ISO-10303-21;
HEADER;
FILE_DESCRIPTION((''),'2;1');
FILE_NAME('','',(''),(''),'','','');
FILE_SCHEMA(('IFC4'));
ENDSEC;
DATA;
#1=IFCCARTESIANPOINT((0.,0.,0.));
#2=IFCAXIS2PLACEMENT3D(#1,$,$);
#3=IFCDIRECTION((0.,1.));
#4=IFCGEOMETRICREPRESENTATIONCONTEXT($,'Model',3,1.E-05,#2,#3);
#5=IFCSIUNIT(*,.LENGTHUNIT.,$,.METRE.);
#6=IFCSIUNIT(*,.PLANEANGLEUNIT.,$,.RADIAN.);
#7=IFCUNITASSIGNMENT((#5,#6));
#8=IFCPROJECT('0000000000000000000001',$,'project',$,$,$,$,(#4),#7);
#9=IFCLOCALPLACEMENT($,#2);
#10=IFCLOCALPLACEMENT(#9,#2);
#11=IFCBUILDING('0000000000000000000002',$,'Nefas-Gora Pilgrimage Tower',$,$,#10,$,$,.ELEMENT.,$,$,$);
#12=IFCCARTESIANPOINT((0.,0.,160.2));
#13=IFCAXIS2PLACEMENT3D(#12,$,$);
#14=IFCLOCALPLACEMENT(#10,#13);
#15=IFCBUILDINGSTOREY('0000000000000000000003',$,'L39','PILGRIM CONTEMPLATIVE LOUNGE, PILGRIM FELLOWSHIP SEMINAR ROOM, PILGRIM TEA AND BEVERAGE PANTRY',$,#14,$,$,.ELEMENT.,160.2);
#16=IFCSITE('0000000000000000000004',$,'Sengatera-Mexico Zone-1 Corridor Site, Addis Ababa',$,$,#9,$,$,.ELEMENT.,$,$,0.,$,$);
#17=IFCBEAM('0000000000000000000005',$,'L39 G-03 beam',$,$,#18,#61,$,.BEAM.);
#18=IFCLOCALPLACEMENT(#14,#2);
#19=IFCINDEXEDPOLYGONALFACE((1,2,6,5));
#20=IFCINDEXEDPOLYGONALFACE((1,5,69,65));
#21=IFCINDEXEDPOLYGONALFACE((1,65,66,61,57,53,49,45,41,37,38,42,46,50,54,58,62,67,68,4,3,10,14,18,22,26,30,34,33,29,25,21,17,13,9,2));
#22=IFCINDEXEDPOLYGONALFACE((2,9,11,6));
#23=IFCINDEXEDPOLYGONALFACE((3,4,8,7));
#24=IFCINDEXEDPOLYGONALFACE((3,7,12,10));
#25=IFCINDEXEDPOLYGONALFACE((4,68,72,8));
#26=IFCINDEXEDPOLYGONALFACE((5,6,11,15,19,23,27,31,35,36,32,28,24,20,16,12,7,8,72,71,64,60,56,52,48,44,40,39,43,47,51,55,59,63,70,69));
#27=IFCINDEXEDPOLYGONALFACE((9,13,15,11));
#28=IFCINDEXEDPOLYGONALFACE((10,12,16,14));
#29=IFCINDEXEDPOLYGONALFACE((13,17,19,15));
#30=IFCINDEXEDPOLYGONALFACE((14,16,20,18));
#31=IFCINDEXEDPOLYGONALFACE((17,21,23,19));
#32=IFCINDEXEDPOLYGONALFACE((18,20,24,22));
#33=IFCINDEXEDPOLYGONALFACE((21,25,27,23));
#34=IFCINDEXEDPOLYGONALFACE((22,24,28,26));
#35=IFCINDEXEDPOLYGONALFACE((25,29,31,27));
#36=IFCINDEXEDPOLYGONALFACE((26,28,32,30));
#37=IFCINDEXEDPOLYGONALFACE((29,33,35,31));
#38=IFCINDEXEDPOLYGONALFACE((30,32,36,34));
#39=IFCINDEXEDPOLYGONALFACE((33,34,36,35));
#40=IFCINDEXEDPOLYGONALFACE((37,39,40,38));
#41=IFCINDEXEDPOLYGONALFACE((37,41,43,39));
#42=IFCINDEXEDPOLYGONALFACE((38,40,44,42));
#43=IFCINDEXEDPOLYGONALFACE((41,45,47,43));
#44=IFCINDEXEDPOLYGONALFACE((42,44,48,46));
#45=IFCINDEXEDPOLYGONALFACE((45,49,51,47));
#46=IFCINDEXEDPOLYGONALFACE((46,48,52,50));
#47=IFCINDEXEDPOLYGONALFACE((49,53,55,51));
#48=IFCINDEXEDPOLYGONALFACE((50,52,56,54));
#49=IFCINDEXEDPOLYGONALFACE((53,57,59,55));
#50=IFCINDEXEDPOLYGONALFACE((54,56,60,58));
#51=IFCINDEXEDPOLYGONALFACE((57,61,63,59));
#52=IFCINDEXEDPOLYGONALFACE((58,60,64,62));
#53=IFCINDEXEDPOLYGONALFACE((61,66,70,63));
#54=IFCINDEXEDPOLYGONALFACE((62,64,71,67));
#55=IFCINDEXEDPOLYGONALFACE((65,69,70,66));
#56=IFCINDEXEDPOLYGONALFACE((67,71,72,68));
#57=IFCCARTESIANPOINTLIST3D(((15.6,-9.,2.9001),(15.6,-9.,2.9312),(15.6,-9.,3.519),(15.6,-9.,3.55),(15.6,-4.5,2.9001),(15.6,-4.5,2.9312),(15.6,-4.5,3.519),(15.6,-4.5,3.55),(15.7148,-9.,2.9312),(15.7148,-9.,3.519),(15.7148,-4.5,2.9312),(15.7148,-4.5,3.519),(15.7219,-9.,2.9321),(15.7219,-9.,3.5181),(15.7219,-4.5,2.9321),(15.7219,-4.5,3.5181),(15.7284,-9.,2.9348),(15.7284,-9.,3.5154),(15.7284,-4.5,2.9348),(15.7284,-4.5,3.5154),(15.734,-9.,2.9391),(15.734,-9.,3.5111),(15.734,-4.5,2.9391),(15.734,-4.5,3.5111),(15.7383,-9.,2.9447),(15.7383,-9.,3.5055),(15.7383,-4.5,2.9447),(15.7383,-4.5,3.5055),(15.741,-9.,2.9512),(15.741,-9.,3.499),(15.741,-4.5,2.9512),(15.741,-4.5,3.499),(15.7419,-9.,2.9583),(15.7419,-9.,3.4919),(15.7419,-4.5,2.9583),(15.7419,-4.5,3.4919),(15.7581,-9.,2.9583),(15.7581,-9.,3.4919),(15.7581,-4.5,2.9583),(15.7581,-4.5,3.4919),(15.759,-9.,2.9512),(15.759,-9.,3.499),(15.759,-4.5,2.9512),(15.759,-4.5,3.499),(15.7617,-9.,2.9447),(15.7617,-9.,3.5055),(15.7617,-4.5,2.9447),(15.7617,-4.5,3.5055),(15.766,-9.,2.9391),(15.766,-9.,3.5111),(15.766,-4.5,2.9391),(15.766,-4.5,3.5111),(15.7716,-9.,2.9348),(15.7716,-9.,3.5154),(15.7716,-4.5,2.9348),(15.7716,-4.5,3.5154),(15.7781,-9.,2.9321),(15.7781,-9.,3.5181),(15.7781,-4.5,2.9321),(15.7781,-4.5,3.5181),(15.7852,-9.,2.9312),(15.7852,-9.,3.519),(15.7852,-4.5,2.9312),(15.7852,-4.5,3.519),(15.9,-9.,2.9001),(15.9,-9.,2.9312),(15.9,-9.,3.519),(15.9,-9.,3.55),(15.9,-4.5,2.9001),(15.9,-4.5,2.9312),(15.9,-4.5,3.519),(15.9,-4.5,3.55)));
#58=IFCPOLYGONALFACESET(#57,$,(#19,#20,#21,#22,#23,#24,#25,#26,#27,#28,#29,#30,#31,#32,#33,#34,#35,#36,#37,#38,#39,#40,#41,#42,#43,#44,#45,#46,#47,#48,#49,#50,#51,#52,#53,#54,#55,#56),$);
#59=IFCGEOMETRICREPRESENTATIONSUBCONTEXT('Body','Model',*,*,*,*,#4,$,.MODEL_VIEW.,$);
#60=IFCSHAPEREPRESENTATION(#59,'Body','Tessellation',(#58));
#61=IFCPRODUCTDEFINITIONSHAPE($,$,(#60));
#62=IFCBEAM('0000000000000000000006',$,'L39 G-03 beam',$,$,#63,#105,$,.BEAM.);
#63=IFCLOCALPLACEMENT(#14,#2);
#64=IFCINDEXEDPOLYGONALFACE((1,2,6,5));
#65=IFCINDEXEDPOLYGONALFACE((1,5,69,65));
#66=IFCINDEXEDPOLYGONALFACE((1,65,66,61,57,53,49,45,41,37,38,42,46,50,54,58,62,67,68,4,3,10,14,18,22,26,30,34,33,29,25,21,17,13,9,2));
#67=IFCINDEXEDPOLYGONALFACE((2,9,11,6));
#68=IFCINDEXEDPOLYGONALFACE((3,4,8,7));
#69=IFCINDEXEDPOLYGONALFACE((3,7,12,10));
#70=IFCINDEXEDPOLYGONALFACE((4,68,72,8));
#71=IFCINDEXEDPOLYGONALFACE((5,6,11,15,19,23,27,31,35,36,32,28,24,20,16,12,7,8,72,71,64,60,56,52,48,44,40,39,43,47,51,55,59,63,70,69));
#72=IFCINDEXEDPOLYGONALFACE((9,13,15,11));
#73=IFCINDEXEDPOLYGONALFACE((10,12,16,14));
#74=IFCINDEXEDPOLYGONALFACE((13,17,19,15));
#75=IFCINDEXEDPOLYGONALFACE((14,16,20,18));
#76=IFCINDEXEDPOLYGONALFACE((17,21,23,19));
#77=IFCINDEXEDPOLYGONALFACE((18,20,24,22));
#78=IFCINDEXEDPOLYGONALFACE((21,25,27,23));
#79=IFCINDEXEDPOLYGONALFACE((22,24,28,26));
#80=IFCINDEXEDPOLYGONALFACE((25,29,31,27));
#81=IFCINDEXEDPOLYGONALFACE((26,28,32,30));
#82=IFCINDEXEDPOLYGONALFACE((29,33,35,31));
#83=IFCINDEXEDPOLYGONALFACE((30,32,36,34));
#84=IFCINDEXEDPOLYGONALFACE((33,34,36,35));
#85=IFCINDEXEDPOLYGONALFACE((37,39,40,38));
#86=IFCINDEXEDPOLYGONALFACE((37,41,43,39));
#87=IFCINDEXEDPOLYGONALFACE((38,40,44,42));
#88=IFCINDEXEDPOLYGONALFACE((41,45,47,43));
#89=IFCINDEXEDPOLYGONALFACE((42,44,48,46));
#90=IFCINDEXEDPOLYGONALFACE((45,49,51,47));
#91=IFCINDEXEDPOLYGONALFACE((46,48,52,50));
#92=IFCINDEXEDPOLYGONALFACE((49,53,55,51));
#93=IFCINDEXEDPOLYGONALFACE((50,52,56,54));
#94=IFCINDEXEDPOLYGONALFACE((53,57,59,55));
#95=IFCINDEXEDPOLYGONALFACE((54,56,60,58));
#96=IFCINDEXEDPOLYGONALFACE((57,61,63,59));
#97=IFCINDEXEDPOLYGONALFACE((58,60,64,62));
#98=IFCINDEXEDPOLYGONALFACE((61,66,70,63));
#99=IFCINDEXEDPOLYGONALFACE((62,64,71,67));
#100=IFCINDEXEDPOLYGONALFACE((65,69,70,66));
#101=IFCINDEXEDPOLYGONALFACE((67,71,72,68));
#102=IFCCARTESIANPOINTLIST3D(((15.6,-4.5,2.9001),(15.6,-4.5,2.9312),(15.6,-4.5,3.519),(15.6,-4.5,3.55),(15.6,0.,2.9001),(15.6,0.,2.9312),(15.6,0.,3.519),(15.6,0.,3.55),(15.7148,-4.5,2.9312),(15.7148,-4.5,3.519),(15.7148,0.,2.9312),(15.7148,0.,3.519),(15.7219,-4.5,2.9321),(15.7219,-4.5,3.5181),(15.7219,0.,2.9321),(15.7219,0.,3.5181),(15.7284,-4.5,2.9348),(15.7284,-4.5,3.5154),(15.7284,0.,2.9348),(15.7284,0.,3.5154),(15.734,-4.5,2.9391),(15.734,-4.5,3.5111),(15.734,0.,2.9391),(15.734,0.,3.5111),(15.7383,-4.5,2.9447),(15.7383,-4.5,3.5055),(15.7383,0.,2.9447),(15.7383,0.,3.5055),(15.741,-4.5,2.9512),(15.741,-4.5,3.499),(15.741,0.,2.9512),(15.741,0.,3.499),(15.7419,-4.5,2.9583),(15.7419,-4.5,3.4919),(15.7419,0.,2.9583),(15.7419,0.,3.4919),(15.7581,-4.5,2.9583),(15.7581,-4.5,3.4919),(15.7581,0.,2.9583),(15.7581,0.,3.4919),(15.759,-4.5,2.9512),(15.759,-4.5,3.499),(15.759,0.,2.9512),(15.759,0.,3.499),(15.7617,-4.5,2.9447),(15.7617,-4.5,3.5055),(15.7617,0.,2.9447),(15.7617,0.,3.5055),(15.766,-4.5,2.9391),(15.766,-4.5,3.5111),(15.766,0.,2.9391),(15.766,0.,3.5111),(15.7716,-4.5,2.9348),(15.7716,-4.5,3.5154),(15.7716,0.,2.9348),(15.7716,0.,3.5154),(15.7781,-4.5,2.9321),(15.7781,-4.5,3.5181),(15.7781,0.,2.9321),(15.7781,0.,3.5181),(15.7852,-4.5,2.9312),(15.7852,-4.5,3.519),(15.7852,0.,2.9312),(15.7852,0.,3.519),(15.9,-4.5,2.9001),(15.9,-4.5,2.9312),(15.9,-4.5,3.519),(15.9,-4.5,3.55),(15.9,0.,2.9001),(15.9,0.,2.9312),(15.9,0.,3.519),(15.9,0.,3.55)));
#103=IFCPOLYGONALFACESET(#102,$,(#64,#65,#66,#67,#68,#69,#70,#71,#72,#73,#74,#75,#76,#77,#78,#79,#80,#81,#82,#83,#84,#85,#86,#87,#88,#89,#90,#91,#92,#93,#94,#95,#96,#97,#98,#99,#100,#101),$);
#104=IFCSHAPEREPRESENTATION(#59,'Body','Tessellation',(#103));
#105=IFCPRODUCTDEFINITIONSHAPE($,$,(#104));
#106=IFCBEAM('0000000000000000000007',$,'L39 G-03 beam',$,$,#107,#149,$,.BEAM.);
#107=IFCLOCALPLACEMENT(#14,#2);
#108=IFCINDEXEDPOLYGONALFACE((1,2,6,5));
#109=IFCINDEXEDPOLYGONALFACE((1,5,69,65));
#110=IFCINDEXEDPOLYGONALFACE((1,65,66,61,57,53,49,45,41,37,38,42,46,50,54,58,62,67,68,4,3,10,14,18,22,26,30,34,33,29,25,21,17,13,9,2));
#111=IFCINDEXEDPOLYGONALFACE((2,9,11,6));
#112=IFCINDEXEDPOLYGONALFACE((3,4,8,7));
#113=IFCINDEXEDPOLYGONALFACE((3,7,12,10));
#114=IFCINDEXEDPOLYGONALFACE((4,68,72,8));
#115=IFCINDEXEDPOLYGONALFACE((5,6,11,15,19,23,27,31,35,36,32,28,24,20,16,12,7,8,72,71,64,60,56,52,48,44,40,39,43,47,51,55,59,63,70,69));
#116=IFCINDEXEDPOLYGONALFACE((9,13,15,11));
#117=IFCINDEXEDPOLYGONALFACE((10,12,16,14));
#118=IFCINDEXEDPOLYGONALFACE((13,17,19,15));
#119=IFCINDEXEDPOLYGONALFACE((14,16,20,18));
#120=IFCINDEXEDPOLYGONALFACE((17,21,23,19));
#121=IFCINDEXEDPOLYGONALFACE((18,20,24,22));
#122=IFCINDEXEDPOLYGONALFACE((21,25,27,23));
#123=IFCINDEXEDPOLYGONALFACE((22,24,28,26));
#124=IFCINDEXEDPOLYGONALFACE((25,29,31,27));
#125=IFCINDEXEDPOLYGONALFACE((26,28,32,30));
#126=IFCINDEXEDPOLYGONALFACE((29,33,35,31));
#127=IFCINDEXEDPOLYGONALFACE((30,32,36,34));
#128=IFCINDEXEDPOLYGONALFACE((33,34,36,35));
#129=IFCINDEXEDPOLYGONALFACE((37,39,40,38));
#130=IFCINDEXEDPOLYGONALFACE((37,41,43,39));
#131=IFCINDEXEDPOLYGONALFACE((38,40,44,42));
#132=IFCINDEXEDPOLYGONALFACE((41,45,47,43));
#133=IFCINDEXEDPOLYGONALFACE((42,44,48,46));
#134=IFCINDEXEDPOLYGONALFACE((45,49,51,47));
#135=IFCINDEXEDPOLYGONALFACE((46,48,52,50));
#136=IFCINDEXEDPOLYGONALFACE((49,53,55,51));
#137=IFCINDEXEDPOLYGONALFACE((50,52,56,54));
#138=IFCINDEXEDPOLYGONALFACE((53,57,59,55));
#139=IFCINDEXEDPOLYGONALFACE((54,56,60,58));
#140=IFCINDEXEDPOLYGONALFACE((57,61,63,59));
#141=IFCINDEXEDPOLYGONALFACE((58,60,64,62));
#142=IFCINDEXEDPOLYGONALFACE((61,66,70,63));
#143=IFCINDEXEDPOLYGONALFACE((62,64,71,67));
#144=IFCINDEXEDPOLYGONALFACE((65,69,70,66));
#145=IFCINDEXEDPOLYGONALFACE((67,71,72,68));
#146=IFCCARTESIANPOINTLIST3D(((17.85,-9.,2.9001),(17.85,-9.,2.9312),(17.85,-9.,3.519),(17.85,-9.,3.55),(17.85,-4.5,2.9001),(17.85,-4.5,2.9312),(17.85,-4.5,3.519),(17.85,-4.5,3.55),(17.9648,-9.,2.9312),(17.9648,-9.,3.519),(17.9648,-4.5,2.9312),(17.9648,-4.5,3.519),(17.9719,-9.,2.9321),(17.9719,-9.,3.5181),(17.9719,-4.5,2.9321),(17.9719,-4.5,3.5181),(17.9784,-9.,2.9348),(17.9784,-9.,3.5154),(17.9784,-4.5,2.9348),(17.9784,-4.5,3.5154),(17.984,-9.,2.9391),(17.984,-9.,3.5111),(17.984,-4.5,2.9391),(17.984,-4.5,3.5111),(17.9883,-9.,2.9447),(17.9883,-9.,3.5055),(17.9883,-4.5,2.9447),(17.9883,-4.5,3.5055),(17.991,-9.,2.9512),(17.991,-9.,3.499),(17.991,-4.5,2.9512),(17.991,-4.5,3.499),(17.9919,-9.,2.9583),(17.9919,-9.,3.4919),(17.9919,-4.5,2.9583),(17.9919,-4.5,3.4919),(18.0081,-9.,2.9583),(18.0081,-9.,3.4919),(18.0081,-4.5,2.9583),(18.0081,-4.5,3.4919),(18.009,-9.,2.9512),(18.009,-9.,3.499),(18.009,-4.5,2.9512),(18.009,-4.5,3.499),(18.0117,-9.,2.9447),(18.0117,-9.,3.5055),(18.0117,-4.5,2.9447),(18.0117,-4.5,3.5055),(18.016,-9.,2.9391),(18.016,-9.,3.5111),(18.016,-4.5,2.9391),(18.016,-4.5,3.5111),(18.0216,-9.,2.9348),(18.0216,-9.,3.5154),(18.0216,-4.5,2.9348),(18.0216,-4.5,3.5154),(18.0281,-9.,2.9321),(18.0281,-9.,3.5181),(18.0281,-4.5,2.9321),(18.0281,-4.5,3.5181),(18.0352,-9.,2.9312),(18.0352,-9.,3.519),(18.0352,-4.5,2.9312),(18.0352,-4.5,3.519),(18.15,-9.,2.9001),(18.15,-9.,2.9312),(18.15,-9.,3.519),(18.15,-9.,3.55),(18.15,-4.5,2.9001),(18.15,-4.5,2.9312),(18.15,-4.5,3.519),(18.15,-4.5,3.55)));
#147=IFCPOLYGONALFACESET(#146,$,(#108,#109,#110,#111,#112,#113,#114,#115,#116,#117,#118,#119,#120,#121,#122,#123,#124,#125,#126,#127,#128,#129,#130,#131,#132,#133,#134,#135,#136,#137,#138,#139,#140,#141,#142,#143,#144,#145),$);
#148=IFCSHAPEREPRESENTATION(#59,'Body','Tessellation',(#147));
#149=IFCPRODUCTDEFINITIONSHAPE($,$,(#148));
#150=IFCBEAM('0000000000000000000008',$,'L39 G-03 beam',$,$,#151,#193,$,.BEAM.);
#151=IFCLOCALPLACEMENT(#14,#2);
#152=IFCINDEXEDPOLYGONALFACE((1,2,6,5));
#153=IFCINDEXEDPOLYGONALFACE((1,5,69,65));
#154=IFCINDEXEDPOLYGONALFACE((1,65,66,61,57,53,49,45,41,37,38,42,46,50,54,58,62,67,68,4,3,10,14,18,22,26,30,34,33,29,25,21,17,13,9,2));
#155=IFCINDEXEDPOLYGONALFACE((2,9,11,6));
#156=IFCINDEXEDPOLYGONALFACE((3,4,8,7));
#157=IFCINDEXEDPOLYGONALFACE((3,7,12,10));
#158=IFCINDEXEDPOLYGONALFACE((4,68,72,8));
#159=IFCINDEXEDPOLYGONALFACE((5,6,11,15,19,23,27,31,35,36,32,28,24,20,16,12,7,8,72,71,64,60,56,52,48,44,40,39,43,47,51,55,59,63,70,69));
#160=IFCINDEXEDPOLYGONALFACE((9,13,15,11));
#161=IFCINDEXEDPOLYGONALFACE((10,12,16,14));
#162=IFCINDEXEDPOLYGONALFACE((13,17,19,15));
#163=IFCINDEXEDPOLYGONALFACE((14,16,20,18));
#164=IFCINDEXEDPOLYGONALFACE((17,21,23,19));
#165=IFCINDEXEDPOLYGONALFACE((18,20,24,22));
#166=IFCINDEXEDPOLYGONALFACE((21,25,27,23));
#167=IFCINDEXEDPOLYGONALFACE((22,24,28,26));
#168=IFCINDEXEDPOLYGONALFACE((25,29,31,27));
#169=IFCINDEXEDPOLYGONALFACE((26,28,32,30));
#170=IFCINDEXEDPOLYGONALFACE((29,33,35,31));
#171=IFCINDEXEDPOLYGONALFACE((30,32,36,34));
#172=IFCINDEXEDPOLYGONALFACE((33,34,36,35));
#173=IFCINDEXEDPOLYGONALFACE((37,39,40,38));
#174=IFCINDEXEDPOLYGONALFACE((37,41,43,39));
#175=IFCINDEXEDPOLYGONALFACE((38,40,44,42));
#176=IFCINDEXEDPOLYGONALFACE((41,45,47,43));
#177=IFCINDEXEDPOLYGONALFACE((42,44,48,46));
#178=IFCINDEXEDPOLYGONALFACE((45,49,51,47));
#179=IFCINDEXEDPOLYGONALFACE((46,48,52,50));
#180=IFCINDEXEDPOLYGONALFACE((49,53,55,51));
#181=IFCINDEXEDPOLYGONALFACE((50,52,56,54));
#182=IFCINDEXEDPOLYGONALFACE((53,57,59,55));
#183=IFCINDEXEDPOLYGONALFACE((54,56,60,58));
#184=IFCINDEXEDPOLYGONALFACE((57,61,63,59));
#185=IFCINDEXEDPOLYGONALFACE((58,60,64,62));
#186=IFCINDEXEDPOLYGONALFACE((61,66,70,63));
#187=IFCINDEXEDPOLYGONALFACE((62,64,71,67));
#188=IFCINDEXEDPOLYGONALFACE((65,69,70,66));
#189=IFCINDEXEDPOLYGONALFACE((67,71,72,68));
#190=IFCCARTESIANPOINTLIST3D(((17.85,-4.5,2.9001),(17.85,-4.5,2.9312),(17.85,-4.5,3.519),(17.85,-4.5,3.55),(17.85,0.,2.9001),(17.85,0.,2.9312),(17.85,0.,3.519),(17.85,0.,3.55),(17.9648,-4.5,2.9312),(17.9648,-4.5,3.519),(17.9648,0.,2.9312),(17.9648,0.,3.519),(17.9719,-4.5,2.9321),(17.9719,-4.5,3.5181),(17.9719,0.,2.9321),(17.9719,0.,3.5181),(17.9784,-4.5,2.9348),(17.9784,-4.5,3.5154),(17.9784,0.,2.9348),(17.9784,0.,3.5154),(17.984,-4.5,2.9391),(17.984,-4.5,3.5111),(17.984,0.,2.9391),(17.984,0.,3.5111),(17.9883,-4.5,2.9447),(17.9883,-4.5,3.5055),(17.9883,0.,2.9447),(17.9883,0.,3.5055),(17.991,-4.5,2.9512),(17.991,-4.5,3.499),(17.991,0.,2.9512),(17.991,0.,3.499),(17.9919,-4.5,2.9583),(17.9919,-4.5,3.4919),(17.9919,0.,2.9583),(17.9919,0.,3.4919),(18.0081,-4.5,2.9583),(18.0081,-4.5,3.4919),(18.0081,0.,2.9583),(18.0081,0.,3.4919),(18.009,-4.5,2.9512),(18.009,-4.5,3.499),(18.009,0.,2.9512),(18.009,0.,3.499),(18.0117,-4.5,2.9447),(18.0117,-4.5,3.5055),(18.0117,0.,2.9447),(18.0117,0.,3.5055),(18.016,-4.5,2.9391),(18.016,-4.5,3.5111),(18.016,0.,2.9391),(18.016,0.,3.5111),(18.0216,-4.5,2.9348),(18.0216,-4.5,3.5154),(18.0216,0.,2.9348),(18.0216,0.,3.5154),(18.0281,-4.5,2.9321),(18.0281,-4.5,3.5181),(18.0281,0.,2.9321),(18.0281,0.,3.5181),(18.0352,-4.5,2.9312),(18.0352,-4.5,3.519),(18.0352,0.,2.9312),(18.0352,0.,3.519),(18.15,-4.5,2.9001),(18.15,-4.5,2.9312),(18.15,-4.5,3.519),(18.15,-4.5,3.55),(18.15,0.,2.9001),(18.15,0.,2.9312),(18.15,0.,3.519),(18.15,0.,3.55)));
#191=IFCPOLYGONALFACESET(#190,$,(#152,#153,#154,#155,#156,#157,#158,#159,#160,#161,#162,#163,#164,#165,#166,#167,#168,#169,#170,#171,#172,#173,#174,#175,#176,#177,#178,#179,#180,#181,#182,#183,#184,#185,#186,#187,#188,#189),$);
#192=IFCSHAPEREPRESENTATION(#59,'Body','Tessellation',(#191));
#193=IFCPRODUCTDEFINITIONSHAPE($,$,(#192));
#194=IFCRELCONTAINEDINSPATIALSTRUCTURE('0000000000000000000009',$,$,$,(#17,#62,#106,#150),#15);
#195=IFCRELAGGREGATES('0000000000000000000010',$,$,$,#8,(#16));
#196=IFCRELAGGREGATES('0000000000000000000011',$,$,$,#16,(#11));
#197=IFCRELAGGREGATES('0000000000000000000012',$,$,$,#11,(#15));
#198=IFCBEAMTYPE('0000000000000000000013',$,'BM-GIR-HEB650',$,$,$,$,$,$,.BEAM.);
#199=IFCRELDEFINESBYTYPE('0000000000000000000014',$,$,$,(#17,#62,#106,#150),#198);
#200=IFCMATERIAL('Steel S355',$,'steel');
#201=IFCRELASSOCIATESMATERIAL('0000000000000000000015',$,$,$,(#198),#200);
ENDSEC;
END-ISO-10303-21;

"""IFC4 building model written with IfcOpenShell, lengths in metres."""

from ifc_helpers import new_model, si_unit, direction, frame, origin, origin_2d, place, context, subcontext, project, spatial, i_section, extrude, source, transform, mapped, material, material_profile, profile_set, type_object, element, save


model = new_model("IFC4")

# Units and contexts
model_context = context("Model", 3, precision=1e-05, world=origin(), true_north=direction((0.0, 1.0)))
body_context = subcontext(model_context, "Body", "Model", "MODEL_VIEW")
ifc_project = project(units=[si_unit("LENGTHUNIT", "METRE"), si_unit("PLANEANGLEUNIT", "RADIAN")], contexts=[model_context])

# Site, building, storey
site_placement = place(None, origin())
site = spatial("IfcSite", under=ifc_project, at=site_placement, Name="Sengatera-Mexico Zone-1 Corridor Site, Addis Ababa", CompositionType="ELEMENT", RefElevation=0.0)
building_placement = place(site_placement, origin())
building = spatial("IfcBuilding", under=site, at=building_placement, Name="Nefas-Gora Pilgrimage Tower", CompositionType="ELEMENT")
storey_placement = place(building_placement, frame((0.0, 0.0, 160.2)))
storey = spatial("IfcBuildingStorey", under=building, at=storey_placement, Name="L39", Description="PILGRIM CONTEMPLATIVE LOUNGE, PILGRIM FELLOWSHIP SEMINAR ROOM, PILGRIM TEA AND BEVERAGE PANTRY", CompositionType="ELEMENT", Elevation=160.2)

# Beams
ifc_material_1 = material(Name="Steel S355", Category="steel")
ifc_material_profile_1 = material_profile(ifc_material_1, i_section(OverallWidth=0.3, OverallDepth=0.6499, WebThickness=0.0161, FlangeThickness=0.031, FilletRadius=0.0271, at=origin_2d()), Name="HEB 650")
ifc_profile_set_1 = profile_set([ifc_material_profile_1], Name="Steel S355")
beam_type_1 = type_object("IfcBeamType", Name="BM-GIR-HEB650", PredefinedType="BEAM", material=ifc_profile_set_1)
shared_shape_1 = source(origin(), body_context, "Body", "SweptSolid", [
    extrude(i_section(OverallWidth=0.3, OverallDepth=0.6499, WebThickness=0.0161, FlangeThickness=0.031, FilletRadius=0.0271, at=origin_2d()), origin(), (0.0, 0.0, 1.0), 4.5),
])
for number, where, z_axis, x_axis, name in (
    (1, (15.75, -9.0, 3.2251), (0.0, 1.0, 0.0), (-1.0, 0.0, 0.0), "L39 G-03 beam"),
    (2, (15.75, -4.5, 3.2251), (0.0, 1.0, 0.0), (-1.0, 0.0, 0.0), "L39 G-03 beam"),
    (3, (18.0, -9.0, 3.2251), (0.0, 1.0, 0.0), (-1.0, 0.0, 0.0), "L39 G-03 beam"),
    (4, (18.0, -4.5, 3.2251), (0.0, 1.0, 0.0), (-1.0, 0.0, 0.0), "L39 G-03 beam"),
):
    element("IfcBeam", number, at=place(storey_placement, frame(where, z_axis=z_axis, x_axis=x_axis)), inside=storey, type_object=beam_type_1, Name=name, PredefinedType="BEAM", context=body_context, shape_type="MappedRepresentation", body=[
        mapped(shared_shape_1, transform((0.0, 0.0, 0.0), x_axis=(1.0, 0.0, 0.0), y_axis=(0.0, 1.0, 0.0), z_axis=(0.0, 0.0, 1.0), scale=1.0)),
    ])

save(model, "model.ifc")
